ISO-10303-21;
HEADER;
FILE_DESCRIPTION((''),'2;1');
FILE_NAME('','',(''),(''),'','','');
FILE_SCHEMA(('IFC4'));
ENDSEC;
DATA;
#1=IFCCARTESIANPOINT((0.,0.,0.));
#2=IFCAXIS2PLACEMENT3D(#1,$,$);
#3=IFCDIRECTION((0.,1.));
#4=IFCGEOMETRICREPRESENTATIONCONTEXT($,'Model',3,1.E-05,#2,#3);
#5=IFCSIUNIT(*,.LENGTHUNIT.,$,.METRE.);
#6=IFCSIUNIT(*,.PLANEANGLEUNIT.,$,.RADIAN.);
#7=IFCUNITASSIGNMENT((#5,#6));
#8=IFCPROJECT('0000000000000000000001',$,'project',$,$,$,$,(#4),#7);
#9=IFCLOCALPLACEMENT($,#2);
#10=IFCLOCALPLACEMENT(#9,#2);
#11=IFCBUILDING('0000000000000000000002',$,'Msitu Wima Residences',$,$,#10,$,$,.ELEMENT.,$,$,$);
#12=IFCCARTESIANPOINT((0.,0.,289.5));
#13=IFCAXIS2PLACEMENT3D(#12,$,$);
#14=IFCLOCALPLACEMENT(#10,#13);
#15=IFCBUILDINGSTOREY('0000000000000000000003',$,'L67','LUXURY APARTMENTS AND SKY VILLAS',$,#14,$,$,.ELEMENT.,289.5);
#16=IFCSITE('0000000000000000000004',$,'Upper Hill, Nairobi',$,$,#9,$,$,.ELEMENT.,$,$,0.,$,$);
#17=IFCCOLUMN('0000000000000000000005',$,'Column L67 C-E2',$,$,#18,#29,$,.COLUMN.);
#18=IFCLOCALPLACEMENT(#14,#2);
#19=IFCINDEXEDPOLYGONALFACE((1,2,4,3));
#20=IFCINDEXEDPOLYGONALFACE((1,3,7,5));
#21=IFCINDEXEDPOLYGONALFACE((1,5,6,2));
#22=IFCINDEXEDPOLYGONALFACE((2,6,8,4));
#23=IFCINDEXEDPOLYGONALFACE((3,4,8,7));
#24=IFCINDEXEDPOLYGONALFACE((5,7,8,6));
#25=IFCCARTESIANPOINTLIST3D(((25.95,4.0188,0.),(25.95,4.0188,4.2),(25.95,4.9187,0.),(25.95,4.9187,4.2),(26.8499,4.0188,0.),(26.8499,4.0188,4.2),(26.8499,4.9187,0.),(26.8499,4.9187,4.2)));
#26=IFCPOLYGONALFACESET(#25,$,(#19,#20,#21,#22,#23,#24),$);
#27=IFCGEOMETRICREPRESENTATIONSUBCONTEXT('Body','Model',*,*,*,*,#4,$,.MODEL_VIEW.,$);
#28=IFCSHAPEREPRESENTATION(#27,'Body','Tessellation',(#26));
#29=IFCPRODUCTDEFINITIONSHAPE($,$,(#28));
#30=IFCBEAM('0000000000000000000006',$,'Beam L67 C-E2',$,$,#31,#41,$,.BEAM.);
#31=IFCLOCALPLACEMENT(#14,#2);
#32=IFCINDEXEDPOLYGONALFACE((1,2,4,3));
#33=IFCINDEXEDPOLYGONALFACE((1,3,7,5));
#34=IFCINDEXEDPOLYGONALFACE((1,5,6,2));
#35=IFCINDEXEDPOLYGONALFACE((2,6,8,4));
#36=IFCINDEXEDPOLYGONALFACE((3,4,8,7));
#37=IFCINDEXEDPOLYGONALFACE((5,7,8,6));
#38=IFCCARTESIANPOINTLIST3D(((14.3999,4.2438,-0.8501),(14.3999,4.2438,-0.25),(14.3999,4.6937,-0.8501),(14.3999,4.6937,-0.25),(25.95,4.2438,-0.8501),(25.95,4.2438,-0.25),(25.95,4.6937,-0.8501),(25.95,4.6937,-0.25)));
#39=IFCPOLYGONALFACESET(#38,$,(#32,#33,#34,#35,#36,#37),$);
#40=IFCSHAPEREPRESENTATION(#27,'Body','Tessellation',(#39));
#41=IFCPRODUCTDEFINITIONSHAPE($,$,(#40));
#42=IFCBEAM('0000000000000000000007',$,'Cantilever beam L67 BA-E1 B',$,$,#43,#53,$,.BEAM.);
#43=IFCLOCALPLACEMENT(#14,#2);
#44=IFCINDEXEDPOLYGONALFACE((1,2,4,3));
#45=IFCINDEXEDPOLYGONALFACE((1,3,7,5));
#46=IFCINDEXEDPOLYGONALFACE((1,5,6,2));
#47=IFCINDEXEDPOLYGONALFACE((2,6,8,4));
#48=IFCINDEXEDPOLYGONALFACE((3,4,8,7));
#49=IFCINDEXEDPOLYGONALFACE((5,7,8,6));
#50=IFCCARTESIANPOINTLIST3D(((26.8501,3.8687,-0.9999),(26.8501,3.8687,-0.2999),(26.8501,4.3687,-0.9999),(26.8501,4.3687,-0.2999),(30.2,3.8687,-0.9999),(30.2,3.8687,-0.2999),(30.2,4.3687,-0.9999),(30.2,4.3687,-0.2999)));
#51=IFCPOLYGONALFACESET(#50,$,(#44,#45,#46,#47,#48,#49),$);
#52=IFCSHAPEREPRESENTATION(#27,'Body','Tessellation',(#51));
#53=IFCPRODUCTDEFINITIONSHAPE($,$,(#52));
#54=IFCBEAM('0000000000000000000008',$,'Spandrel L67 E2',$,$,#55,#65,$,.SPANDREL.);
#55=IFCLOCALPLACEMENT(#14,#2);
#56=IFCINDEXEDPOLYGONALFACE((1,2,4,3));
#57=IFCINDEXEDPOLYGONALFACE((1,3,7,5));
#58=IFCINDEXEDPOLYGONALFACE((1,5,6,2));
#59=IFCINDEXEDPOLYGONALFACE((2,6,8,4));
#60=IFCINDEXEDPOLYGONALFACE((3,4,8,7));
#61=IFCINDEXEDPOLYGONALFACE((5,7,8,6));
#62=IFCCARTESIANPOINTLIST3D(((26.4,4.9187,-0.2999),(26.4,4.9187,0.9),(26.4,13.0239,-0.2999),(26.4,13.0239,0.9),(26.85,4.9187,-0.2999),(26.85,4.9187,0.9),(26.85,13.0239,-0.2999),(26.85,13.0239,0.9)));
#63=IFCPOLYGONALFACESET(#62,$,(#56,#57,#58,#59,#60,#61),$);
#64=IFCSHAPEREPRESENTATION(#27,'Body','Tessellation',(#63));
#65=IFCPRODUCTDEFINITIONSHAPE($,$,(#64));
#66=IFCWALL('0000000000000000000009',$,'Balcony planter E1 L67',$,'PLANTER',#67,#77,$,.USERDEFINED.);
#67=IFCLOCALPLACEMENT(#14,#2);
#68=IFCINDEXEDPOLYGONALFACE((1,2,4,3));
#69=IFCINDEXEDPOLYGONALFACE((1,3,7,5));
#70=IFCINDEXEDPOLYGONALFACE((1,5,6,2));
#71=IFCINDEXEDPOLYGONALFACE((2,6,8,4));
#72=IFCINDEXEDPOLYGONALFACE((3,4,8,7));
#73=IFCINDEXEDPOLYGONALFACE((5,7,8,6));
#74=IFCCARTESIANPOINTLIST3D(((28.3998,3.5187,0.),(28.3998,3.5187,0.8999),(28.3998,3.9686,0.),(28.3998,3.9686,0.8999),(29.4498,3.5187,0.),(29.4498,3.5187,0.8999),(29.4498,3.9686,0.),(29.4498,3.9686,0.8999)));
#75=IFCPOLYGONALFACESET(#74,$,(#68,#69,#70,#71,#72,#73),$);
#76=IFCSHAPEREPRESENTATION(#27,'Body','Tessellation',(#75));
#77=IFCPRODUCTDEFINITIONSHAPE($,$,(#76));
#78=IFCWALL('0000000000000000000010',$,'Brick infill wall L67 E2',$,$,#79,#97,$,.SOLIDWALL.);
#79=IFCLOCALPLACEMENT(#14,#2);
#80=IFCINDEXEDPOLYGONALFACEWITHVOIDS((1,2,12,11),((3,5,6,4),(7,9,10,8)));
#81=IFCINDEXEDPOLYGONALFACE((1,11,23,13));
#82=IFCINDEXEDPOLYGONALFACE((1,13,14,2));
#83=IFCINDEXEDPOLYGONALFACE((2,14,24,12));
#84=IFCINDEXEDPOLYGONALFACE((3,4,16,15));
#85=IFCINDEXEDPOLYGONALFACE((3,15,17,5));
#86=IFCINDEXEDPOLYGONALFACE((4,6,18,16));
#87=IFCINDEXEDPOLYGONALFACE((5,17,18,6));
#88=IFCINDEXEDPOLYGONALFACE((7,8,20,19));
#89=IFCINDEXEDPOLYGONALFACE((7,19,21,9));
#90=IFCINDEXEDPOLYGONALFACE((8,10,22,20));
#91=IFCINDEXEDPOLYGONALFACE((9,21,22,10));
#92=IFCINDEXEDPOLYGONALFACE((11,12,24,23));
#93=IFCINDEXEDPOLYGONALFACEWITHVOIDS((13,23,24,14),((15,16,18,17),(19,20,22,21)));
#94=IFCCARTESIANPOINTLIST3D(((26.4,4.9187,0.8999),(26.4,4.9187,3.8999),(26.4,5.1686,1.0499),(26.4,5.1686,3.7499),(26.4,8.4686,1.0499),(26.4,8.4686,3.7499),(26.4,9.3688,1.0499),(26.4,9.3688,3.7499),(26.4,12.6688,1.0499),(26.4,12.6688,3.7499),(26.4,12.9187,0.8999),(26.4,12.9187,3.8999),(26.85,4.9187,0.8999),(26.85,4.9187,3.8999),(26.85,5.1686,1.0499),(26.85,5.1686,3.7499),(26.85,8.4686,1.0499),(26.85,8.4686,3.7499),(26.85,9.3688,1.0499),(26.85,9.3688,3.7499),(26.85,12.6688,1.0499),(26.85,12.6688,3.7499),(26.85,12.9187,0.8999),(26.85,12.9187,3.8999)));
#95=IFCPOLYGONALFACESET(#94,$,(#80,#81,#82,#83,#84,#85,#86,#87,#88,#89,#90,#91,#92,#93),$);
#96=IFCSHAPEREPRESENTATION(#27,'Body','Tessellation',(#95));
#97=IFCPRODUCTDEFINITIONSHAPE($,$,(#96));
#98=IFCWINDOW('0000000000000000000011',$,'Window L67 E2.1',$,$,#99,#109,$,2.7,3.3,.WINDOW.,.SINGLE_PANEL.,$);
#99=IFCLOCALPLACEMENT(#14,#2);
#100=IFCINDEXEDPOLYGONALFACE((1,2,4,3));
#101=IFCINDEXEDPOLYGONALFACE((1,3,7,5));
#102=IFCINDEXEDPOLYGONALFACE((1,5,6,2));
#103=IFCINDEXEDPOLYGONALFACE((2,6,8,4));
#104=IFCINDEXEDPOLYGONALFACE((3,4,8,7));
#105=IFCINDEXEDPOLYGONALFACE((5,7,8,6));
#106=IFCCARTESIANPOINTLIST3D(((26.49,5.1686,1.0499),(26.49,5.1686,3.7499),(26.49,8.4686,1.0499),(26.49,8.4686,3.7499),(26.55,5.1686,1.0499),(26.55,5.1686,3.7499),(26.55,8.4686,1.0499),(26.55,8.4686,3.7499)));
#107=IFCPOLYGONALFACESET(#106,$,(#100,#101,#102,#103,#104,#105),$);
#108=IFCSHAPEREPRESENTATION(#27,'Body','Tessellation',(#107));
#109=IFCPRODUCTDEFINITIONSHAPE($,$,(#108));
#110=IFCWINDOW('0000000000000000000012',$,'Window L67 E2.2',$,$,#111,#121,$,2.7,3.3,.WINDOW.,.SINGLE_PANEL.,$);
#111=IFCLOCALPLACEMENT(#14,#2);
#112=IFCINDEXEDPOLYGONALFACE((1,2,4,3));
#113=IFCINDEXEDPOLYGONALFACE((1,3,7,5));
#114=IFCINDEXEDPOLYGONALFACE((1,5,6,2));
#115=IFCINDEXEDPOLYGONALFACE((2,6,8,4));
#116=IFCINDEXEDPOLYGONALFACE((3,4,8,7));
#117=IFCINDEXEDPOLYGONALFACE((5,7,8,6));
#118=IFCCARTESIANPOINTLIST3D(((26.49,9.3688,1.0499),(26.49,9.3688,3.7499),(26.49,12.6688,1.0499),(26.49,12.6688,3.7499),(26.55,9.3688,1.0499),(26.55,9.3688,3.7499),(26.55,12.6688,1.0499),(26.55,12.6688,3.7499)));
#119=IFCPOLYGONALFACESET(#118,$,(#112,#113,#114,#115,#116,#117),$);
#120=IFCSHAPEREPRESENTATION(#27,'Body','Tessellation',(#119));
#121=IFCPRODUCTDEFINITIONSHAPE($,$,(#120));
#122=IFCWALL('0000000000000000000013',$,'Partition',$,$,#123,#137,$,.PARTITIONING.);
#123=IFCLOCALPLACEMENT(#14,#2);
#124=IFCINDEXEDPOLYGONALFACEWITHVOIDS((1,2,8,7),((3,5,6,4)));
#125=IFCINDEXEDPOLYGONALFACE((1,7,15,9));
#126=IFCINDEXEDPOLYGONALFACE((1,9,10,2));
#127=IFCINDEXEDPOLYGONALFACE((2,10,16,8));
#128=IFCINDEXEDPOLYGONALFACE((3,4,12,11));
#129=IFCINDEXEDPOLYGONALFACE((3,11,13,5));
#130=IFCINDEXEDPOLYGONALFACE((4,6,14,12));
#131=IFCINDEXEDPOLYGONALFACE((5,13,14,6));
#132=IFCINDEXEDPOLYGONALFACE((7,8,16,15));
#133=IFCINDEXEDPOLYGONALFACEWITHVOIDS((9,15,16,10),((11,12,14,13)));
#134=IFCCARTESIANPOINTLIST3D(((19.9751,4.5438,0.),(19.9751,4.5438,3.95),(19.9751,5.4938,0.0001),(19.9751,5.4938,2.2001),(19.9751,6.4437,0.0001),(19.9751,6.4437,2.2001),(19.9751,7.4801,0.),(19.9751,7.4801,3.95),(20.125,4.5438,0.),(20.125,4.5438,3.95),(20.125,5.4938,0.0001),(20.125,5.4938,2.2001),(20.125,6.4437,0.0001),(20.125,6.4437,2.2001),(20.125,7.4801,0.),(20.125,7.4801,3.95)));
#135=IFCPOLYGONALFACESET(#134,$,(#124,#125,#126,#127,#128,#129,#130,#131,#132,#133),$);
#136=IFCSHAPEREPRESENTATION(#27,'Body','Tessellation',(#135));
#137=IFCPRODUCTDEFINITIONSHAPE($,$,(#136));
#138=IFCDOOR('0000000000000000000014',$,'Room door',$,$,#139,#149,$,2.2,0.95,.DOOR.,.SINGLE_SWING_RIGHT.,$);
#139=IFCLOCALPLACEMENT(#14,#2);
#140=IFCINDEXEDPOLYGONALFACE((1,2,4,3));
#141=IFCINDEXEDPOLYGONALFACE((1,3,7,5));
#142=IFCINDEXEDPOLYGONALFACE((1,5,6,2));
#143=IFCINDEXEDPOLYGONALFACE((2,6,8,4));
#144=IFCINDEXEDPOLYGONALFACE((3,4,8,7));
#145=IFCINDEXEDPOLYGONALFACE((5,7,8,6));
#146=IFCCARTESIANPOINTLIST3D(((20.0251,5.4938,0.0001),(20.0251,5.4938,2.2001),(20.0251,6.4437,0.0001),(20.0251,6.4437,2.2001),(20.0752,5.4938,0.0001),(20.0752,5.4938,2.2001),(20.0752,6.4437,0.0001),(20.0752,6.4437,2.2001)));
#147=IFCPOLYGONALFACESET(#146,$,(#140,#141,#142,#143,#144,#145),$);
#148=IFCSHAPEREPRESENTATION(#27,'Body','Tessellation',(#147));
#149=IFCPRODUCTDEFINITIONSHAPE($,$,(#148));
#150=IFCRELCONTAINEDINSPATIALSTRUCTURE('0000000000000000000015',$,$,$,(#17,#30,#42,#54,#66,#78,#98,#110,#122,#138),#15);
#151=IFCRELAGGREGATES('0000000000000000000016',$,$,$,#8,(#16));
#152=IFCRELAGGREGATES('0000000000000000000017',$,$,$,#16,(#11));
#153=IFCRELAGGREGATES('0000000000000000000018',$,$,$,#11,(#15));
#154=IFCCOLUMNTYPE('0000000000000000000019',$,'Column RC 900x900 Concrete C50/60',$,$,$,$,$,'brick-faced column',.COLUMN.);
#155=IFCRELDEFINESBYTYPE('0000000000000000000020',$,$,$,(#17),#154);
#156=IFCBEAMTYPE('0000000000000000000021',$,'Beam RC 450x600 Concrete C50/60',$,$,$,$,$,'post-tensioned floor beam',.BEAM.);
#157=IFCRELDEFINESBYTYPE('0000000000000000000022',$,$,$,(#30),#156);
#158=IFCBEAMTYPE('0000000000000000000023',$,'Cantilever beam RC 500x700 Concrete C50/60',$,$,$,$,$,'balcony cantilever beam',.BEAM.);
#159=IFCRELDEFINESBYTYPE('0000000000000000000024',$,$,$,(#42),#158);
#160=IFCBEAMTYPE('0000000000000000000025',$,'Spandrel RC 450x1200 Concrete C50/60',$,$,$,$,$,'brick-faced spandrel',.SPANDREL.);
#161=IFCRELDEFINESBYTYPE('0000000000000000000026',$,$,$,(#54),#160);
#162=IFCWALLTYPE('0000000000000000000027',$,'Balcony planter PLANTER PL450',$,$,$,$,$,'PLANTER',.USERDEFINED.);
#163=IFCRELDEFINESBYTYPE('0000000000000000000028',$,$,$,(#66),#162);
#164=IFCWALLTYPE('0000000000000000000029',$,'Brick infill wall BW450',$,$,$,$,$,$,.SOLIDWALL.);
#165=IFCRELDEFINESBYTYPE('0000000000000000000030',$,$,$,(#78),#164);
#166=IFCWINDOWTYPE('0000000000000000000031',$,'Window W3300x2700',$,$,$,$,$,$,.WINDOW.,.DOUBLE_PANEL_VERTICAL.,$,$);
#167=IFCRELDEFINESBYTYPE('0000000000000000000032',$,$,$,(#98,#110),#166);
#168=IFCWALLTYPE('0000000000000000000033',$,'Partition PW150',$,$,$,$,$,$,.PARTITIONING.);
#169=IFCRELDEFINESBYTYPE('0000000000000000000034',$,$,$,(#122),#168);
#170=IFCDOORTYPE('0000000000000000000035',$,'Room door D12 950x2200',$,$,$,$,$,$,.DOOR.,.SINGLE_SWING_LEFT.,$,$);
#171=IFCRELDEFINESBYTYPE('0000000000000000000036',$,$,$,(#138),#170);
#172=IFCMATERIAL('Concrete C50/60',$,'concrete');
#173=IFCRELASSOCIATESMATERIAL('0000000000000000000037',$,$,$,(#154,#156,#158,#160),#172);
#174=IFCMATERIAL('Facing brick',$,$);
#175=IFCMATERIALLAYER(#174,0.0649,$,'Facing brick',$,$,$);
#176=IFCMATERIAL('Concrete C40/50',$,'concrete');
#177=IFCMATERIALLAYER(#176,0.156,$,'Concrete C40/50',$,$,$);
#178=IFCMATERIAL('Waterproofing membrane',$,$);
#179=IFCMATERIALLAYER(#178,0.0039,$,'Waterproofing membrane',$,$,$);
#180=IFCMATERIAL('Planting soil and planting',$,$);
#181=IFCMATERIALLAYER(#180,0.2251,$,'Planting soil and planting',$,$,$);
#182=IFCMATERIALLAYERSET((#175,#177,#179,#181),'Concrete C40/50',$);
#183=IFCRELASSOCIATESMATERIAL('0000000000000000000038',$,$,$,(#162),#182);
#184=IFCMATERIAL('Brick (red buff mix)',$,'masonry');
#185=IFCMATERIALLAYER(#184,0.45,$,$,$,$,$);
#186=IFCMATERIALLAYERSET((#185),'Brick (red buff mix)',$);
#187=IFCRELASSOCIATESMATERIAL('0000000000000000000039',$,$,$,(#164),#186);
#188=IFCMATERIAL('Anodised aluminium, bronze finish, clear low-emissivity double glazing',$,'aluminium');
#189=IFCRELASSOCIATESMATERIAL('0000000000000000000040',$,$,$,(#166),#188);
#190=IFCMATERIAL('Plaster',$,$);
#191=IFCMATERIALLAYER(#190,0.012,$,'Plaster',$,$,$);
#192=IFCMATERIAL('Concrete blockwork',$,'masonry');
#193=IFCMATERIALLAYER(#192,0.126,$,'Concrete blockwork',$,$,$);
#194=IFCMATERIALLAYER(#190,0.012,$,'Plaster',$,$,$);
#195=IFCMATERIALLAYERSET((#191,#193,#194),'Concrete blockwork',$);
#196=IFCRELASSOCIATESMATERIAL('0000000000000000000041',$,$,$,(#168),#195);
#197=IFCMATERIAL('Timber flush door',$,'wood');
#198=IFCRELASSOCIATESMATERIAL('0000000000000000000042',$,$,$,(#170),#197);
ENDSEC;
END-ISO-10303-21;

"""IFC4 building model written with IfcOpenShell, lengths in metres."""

from ifc_helpers import new_model, si_unit, direction, frame, frame_2d, origin, origin_2d, place, context, subcontext, project, spatial, rectangle, extrude, material, layer, layer_set, material_profile, profile_set, type_object, element, fill, save


model = new_model("IFC4")

# Units and contexts
model_context = context("Model", 3, precision=1e-05, world=origin(), true_north=direction((0.0, 1.0)))
body_context = subcontext(model_context, "Body", "Model", "MODEL_VIEW")
ifc_project = project(units=[si_unit("LENGTHUNIT", "METRE"), si_unit("PLANEANGLEUNIT", "RADIAN")], contexts=[model_context])

# Site, building, storey
site_placement = place(None, origin())
site = spatial("IfcSite", under=ifc_project, at=site_placement, Name="Upper Hill, Nairobi", CompositionType="ELEMENT", RefElevation=0.0)
building_placement = place(site_placement, origin())
building = spatial("IfcBuilding", under=site, at=building_placement, Name="Msitu Wima Residences", CompositionType="ELEMENT")
storey_placement = place(building_placement, frame((0.0, 0.0, 289.5)))
storey = spatial("IfcBuildingStorey", under=building, at=storey_placement, Name="L67", Description="LUXURY APARTMENTS AND SKY VILLAS", CompositionType="ELEMENT", Elevation=289.5)

# Column
ifc_material_1 = material(Name="Concrete C50/60", Category="concrete")
ifc_material_profile_1 = material_profile(ifc_material_1, rectangle(XDim=0.8999, YDim=0.8999, at=origin_2d()), Name="RC 900x900")
ifc_profile_set_1 = profile_set([ifc_material_profile_1], Name="Concrete C50/60")
column_type = type_object("IfcColumnType", Name="Column RC 900x900 Concrete C50/60", ElementType="brick-faced column", PredefinedType="COLUMN", material=ifc_profile_set_1)
column_placement = place(storey_placement, frame((26.3999, 4.4688, 0.0), z_axis=(0.0, 0.0, 1.0), x_axis=(0.0, 1.0, 0.0)))
element("IfcColumn", 1, at=column_placement, inside=storey, type_object=column_type, Name="Column L67 C-E2", PredefinedType="COLUMN", context=body_context, shape_type="SweptSolid", body=[
    extrude(rectangle(XDim=0.8999, YDim=0.8999, at=origin_2d()), origin(), (0.0, 0.0, 1.0), 4.2),
])

# Beams
ifc_material_profile_2 = material_profile(ifc_material_1, rectangle(XDim=0.45, YDim=0.6001, at=origin_2d()), Name="RC 450x600")
ifc_profile_set_2 = profile_set([ifc_material_profile_2], Name="Concrete C50/60")
beam_type_1 = type_object("IfcBeamType", Name="Beam RC 450x600 Concrete C50/60", ElementType="post-tensioned floor beam", PredefinedType="BEAM", material=ifc_profile_set_2)
beam_1_placement = place(storey_placement, frame((25.95, 4.4688, -0.55), z_axis=(-1.0, 0.0, 0.0), x_axis=(0.0, -1.0, 0.0)))
element("IfcBeam", 2, at=beam_1_placement, inside=storey, type_object=beam_type_1, Name="Beam L67 C-E2", PredefinedType="BEAM", context=body_context, shape_type="SweptSolid", body=[
    extrude(rectangle(XDim=0.45, YDim=0.6001, at=origin_2d()), origin(), (0.0, 0.0, 1.0), 11.55),
])
ifc_material_profile_3 = material_profile(ifc_material_1, rectangle(XDim=0.5, YDim=0.7, at=origin_2d()), Name="RC 500x700")
ifc_profile_set_3 = profile_set([ifc_material_profile_3], Name="Concrete C50/60")
beam_type_2 = type_object("IfcBeamType", Name="Cantilever beam RC 500x700 Concrete C50/60", ElementType="balcony cantilever beam", PredefinedType="BEAM", material=ifc_profile_set_3)
beam_2_placement = place(storey_placement, frame((26.8501, 4.1187, -0.6499), z_axis=(1.0, 0.0, 0.0), x_axis=(0.0, 1.0, 0.0)))
element("IfcBeam", 3, at=beam_2_placement, inside=storey, type_object=beam_type_2, Name="Cantilever beam L67 BA-E1 B", PredefinedType="BEAM", context=body_context, shape_type="SweptSolid", body=[
    extrude(rectangle(XDim=0.5, YDim=0.7, at=origin_2d()), origin(), (0.0, 0.0, 1.0), 3.3499),
])
ifc_material_profile_4 = material_profile(ifc_material_1, rectangle(XDim=0.45, YDim=1.2, at=origin_2d()), Name="RC 450x1200")
ifc_profile_set_4 = profile_set([ifc_material_profile_4], Name="Concrete C50/60")
beam_type_3 = type_object("IfcBeamType", Name="Spandrel RC 450x1200 Concrete C50/60", ElementType="brick-faced spandrel", PredefinedType="SPANDREL", material=ifc_profile_set_4)
beam_3_placement = place(storey_placement, frame((26.625, 4.9187, 0.3), z_axis=(0.0, 1.0, 0.0), x_axis=(-1.0, 0.0, 0.0)))
element("IfcBeam", 4, at=beam_3_placement, inside=storey, type_object=beam_type_3, Name="Spandrel L67 E2", PredefinedType="SPANDREL", context=body_context, shape_type="SweptSolid", body=[
    extrude(rectangle(XDim=0.45, YDim=1.2, at=origin_2d()), origin(), (0.0, 0.0, 1.0), 8.1052),
])

# Wall
ifc_material_2 = material(Name="Facing brick")
ifc_layer_1 = layer(ifc_material_2, 0.0649, Name="Facing brick")
ifc_material_3 = material(Name="Concrete C40/50", Category="concrete")
ifc_layer_2 = layer(ifc_material_3, 0.156, Name="Concrete C40/50")
ifc_material_4 = material(Name="Waterproofing membrane")
ifc_layer_3 = layer(ifc_material_4, 0.0039, Name="Waterproofing membrane")
ifc_material_5 = material(Name="Planting soil and planting")
ifc_layer_4 = layer(ifc_material_5, 0.2251, Name="Planting soil and planting")
ifc_layer_set_1 = layer_set([ifc_layer_1, ifc_layer_2, ifc_layer_3, ifc_layer_4], Name="Concrete C40/50")
wall_type_1 = type_object("IfcWallType", Name="Balcony planter PLANTER PL450", ElementType="PLANTER", PredefinedType="USERDEFINED", material=ifc_layer_set_1)
wall_1_placement = place(storey_placement, frame((28.3999, 3.7437, 0.0), z_axis=(0.0, 0.0, 1.0), x_axis=(1.0, 0.0, 0.0)))
element("IfcWall", 5, at=wall_1_placement, inside=storey, type_object=wall_type_1, Name="Balcony planter E1 L67", ObjectType="PLANTER", PredefinedType="USERDEFINED", context=body_context, shape_type="SweptSolid", body=[
    extrude(rectangle(XDim=1.05, YDim=0.45, at=frame_2d((0.5249, 0.0))), origin(), (0.0, 0.0, 1.0), 0.8999),
])

# Wall, openings, windows
ifc_material_6 = material(Name="Brick (red buff mix)", Category="masonry")
ifc_layer_5 = layer(ifc_material_6, 0.45)
ifc_layer_set_2 = layer_set([ifc_layer_5], Name="Brick (red buff mix)")
wall_type_2 = type_object("IfcWallType", Name="Brick infill wall BW450", PredefinedType="SOLIDWALL", material=ifc_layer_set_2)
wall_2_placement = place(storey_placement, frame((26.625, 4.9187, 0.8999), z_axis=(0.0, 0.0, 1.0), x_axis=(0.0, 1.0, 0.0)))
wall_2 = element("IfcWall", 6, at=wall_2_placement, inside=storey, type_object=wall_type_2, Name="Brick infill wall L67 E2", PredefinedType="SOLIDWALL", context=body_context, shape_type="SweptSolid", body=[
    extrude(rectangle(XDim=8.0, YDim=0.45, at=frame_2d((4.0, 0.0))), origin(), (0.0, 0.0, 1.0), 3.0),
])
opening_1_placement = place(wall_2_placement, frame((0.25, 0.0, 0.1499)))
opening_1 = element("IfcOpeningElement", 7, at=opening_1_placement, cuts=wall_2, PredefinedType="OPENING", context=body_context, shape_type="SweptSolid", body=[
    extrude(rectangle(XDim=3.3, YDim=2.7, at=frame_2d((1.6499, 1.3501))), frame((0.0, 0.2349, 0.0), z_axis=(0.0, -1.0, 0.0), x_axis=(1.0, 0.0, 0.0)), (0.0, 0.0, 1.0), 0.47),
])
opening_2_placement = place(wall_2_placement, frame((4.4502, 0.0, 0.1499)))
opening_2 = element("IfcOpeningElement", 8, at=opening_2_placement, cuts=wall_2, PredefinedType="OPENING", context=body_context, shape_type="SweptSolid", body=[
    extrude(rectangle(XDim=3.3, YDim=2.7, at=frame_2d((1.6499, 1.3501))), frame((0.0, 0.2349, 0.0), z_axis=(0.0, -1.0, 0.0), x_axis=(1.0, 0.0, 0.0)), (0.0, 0.0, 1.0), 0.47),
])
ifc_material_7 = material(Name="Anodised aluminium, bronze finish, clear low-emissivity double glazing", Category="aluminium")
window_type = type_object("IfcWindowType", Name="Window W3300x2700", PartitioningType="DOUBLE_PANEL_VERTICAL", PredefinedType="WINDOW", material=ifc_material_7)
window_1_placement = place(opening_1_placement, origin())
window_1 = element("IfcWindow", 9, at=window_1_placement, inside=storey, type_object=window_type, Name="Window L67 E2.1", OverallHeight=2.7, OverallWidth=3.3, PartitioningType="SINGLE_PANEL", PredefinedType="WINDOW", context=body_context, shape_type="SweptSolid", body=[
    extrude(rectangle(XDim=3.3, YDim=2.7, at=frame_2d((1.6499, 1.3501))), frame((0.0, 0.135, 0.0), z_axis=(0.0, -1.0, 0.0), x_axis=(1.0, 0.0, 0.0)), (0.0, 0.0, 1.0), 0.0601),
])
fill(opening_1, window_1)
window_2_placement = place(opening_2_placement, origin())
window_2 = element("IfcWindow", 10, at=window_2_placement, inside=storey, type_object=window_type, Name="Window L67 E2.2", OverallHeight=2.7, OverallWidth=3.3, PartitioningType="SINGLE_PANEL", PredefinedType="WINDOW", context=body_context, shape_type="SweptSolid", body=[
    extrude(rectangle(XDim=3.3, YDim=2.7, at=frame_2d((1.6499, 1.3501))), frame((0.0, 0.135, 0.0), z_axis=(0.0, -1.0, 0.0), x_axis=(1.0, 0.0, 0.0)), (0.0, 0.0, 1.0), 0.0601),
])
fill(opening_2, window_2)

# Wall, opening, door
ifc_material_8 = material(Name="Plaster")
ifc_layer_6 = layer(ifc_material_8, 0.012, Name="Plaster")
ifc_material_9 = material(Name="Concrete blockwork", Category="masonry")
ifc_layer_7 = layer(ifc_material_9, 0.126, Name="Concrete blockwork")
ifc_layer_8 = layer(ifc_material_8, 0.012, Name="Plaster")
ifc_layer_set_3 = layer_set([ifc_layer_6, ifc_layer_7, ifc_layer_8], Name="Concrete blockwork")
wall_type_3 = type_object("IfcWallType", Name="Partition PW150", PredefinedType="PARTITIONING", material=ifc_layer_set_3)
wall_3_placement = place(storey_placement, frame((20.05, 4.5437, 0.0), z_axis=(0.0, 0.0, 1.0), x_axis=(0.0, 1.0, 0.0)))
wall_3 = element("IfcWall", 11, at=wall_3_placement, inside=storey, type_object=wall_type_3, Name="Partition", PredefinedType="PARTITIONING", context=body_context, shape_type="SweptSolid", body=[
    extrude(rectangle(XDim=2.9363, YDim=0.1499, at=frame_2d((1.4683, 0.0))), origin(), (0.0, 0.0, 1.0), 3.95),
])
opening_3_placement = place(wall_3_placement, frame((0.95, 0.0, 0.0)))
opening_3 = element("IfcOpeningElement", 12, at=opening_3_placement, cuts=wall_3, PredefinedType="OPENING", context=body_context, shape_type="SweptSolid", body=[
    extrude(rectangle(XDim=0.95, YDim=2.2, at=frame_2d((0.4751, 1.1001))), frame((0.0, 0.085, 0.0), z_axis=(0.0, -1.0, 0.0), x_axis=(1.0, 0.0, 0.0)), (0.0, 0.0, 1.0), 0.1699),
])
ifc_material_10 = material(Name="Timber flush door", Category="wood")
door_type_1 = type_object("IfcDoorType", Name="Room door D12 950x2200", OperationType="SINGLE_SWING_LEFT", PredefinedType="DOOR", material=ifc_material_10)
door_1_placement = place(opening_3_placement, origin())
door_1 = element("IfcDoor", 13, at=door_1_placement, inside=storey, type_object=door_type_1, Name="Room door", OperationType="SINGLE_SWING_RIGHT", OverallHeight=2.2, OverallWidth=0.95, PredefinedType="DOOR", context=body_context, shape_type="SweptSolid", body=[
    extrude(rectangle(XDim=0.95, YDim=2.2, at=frame_2d((0.4751, 1.1001))), frame((0.0, 0.0249, 0.0), z_axis=(0.0, -1.0, 0.0), x_axis=(1.0, 0.0, 0.0)), (0.0, 0.0, 1.0), 0.05),
])
fill(opening_3, door_1)

save(model, "model.ifc")
